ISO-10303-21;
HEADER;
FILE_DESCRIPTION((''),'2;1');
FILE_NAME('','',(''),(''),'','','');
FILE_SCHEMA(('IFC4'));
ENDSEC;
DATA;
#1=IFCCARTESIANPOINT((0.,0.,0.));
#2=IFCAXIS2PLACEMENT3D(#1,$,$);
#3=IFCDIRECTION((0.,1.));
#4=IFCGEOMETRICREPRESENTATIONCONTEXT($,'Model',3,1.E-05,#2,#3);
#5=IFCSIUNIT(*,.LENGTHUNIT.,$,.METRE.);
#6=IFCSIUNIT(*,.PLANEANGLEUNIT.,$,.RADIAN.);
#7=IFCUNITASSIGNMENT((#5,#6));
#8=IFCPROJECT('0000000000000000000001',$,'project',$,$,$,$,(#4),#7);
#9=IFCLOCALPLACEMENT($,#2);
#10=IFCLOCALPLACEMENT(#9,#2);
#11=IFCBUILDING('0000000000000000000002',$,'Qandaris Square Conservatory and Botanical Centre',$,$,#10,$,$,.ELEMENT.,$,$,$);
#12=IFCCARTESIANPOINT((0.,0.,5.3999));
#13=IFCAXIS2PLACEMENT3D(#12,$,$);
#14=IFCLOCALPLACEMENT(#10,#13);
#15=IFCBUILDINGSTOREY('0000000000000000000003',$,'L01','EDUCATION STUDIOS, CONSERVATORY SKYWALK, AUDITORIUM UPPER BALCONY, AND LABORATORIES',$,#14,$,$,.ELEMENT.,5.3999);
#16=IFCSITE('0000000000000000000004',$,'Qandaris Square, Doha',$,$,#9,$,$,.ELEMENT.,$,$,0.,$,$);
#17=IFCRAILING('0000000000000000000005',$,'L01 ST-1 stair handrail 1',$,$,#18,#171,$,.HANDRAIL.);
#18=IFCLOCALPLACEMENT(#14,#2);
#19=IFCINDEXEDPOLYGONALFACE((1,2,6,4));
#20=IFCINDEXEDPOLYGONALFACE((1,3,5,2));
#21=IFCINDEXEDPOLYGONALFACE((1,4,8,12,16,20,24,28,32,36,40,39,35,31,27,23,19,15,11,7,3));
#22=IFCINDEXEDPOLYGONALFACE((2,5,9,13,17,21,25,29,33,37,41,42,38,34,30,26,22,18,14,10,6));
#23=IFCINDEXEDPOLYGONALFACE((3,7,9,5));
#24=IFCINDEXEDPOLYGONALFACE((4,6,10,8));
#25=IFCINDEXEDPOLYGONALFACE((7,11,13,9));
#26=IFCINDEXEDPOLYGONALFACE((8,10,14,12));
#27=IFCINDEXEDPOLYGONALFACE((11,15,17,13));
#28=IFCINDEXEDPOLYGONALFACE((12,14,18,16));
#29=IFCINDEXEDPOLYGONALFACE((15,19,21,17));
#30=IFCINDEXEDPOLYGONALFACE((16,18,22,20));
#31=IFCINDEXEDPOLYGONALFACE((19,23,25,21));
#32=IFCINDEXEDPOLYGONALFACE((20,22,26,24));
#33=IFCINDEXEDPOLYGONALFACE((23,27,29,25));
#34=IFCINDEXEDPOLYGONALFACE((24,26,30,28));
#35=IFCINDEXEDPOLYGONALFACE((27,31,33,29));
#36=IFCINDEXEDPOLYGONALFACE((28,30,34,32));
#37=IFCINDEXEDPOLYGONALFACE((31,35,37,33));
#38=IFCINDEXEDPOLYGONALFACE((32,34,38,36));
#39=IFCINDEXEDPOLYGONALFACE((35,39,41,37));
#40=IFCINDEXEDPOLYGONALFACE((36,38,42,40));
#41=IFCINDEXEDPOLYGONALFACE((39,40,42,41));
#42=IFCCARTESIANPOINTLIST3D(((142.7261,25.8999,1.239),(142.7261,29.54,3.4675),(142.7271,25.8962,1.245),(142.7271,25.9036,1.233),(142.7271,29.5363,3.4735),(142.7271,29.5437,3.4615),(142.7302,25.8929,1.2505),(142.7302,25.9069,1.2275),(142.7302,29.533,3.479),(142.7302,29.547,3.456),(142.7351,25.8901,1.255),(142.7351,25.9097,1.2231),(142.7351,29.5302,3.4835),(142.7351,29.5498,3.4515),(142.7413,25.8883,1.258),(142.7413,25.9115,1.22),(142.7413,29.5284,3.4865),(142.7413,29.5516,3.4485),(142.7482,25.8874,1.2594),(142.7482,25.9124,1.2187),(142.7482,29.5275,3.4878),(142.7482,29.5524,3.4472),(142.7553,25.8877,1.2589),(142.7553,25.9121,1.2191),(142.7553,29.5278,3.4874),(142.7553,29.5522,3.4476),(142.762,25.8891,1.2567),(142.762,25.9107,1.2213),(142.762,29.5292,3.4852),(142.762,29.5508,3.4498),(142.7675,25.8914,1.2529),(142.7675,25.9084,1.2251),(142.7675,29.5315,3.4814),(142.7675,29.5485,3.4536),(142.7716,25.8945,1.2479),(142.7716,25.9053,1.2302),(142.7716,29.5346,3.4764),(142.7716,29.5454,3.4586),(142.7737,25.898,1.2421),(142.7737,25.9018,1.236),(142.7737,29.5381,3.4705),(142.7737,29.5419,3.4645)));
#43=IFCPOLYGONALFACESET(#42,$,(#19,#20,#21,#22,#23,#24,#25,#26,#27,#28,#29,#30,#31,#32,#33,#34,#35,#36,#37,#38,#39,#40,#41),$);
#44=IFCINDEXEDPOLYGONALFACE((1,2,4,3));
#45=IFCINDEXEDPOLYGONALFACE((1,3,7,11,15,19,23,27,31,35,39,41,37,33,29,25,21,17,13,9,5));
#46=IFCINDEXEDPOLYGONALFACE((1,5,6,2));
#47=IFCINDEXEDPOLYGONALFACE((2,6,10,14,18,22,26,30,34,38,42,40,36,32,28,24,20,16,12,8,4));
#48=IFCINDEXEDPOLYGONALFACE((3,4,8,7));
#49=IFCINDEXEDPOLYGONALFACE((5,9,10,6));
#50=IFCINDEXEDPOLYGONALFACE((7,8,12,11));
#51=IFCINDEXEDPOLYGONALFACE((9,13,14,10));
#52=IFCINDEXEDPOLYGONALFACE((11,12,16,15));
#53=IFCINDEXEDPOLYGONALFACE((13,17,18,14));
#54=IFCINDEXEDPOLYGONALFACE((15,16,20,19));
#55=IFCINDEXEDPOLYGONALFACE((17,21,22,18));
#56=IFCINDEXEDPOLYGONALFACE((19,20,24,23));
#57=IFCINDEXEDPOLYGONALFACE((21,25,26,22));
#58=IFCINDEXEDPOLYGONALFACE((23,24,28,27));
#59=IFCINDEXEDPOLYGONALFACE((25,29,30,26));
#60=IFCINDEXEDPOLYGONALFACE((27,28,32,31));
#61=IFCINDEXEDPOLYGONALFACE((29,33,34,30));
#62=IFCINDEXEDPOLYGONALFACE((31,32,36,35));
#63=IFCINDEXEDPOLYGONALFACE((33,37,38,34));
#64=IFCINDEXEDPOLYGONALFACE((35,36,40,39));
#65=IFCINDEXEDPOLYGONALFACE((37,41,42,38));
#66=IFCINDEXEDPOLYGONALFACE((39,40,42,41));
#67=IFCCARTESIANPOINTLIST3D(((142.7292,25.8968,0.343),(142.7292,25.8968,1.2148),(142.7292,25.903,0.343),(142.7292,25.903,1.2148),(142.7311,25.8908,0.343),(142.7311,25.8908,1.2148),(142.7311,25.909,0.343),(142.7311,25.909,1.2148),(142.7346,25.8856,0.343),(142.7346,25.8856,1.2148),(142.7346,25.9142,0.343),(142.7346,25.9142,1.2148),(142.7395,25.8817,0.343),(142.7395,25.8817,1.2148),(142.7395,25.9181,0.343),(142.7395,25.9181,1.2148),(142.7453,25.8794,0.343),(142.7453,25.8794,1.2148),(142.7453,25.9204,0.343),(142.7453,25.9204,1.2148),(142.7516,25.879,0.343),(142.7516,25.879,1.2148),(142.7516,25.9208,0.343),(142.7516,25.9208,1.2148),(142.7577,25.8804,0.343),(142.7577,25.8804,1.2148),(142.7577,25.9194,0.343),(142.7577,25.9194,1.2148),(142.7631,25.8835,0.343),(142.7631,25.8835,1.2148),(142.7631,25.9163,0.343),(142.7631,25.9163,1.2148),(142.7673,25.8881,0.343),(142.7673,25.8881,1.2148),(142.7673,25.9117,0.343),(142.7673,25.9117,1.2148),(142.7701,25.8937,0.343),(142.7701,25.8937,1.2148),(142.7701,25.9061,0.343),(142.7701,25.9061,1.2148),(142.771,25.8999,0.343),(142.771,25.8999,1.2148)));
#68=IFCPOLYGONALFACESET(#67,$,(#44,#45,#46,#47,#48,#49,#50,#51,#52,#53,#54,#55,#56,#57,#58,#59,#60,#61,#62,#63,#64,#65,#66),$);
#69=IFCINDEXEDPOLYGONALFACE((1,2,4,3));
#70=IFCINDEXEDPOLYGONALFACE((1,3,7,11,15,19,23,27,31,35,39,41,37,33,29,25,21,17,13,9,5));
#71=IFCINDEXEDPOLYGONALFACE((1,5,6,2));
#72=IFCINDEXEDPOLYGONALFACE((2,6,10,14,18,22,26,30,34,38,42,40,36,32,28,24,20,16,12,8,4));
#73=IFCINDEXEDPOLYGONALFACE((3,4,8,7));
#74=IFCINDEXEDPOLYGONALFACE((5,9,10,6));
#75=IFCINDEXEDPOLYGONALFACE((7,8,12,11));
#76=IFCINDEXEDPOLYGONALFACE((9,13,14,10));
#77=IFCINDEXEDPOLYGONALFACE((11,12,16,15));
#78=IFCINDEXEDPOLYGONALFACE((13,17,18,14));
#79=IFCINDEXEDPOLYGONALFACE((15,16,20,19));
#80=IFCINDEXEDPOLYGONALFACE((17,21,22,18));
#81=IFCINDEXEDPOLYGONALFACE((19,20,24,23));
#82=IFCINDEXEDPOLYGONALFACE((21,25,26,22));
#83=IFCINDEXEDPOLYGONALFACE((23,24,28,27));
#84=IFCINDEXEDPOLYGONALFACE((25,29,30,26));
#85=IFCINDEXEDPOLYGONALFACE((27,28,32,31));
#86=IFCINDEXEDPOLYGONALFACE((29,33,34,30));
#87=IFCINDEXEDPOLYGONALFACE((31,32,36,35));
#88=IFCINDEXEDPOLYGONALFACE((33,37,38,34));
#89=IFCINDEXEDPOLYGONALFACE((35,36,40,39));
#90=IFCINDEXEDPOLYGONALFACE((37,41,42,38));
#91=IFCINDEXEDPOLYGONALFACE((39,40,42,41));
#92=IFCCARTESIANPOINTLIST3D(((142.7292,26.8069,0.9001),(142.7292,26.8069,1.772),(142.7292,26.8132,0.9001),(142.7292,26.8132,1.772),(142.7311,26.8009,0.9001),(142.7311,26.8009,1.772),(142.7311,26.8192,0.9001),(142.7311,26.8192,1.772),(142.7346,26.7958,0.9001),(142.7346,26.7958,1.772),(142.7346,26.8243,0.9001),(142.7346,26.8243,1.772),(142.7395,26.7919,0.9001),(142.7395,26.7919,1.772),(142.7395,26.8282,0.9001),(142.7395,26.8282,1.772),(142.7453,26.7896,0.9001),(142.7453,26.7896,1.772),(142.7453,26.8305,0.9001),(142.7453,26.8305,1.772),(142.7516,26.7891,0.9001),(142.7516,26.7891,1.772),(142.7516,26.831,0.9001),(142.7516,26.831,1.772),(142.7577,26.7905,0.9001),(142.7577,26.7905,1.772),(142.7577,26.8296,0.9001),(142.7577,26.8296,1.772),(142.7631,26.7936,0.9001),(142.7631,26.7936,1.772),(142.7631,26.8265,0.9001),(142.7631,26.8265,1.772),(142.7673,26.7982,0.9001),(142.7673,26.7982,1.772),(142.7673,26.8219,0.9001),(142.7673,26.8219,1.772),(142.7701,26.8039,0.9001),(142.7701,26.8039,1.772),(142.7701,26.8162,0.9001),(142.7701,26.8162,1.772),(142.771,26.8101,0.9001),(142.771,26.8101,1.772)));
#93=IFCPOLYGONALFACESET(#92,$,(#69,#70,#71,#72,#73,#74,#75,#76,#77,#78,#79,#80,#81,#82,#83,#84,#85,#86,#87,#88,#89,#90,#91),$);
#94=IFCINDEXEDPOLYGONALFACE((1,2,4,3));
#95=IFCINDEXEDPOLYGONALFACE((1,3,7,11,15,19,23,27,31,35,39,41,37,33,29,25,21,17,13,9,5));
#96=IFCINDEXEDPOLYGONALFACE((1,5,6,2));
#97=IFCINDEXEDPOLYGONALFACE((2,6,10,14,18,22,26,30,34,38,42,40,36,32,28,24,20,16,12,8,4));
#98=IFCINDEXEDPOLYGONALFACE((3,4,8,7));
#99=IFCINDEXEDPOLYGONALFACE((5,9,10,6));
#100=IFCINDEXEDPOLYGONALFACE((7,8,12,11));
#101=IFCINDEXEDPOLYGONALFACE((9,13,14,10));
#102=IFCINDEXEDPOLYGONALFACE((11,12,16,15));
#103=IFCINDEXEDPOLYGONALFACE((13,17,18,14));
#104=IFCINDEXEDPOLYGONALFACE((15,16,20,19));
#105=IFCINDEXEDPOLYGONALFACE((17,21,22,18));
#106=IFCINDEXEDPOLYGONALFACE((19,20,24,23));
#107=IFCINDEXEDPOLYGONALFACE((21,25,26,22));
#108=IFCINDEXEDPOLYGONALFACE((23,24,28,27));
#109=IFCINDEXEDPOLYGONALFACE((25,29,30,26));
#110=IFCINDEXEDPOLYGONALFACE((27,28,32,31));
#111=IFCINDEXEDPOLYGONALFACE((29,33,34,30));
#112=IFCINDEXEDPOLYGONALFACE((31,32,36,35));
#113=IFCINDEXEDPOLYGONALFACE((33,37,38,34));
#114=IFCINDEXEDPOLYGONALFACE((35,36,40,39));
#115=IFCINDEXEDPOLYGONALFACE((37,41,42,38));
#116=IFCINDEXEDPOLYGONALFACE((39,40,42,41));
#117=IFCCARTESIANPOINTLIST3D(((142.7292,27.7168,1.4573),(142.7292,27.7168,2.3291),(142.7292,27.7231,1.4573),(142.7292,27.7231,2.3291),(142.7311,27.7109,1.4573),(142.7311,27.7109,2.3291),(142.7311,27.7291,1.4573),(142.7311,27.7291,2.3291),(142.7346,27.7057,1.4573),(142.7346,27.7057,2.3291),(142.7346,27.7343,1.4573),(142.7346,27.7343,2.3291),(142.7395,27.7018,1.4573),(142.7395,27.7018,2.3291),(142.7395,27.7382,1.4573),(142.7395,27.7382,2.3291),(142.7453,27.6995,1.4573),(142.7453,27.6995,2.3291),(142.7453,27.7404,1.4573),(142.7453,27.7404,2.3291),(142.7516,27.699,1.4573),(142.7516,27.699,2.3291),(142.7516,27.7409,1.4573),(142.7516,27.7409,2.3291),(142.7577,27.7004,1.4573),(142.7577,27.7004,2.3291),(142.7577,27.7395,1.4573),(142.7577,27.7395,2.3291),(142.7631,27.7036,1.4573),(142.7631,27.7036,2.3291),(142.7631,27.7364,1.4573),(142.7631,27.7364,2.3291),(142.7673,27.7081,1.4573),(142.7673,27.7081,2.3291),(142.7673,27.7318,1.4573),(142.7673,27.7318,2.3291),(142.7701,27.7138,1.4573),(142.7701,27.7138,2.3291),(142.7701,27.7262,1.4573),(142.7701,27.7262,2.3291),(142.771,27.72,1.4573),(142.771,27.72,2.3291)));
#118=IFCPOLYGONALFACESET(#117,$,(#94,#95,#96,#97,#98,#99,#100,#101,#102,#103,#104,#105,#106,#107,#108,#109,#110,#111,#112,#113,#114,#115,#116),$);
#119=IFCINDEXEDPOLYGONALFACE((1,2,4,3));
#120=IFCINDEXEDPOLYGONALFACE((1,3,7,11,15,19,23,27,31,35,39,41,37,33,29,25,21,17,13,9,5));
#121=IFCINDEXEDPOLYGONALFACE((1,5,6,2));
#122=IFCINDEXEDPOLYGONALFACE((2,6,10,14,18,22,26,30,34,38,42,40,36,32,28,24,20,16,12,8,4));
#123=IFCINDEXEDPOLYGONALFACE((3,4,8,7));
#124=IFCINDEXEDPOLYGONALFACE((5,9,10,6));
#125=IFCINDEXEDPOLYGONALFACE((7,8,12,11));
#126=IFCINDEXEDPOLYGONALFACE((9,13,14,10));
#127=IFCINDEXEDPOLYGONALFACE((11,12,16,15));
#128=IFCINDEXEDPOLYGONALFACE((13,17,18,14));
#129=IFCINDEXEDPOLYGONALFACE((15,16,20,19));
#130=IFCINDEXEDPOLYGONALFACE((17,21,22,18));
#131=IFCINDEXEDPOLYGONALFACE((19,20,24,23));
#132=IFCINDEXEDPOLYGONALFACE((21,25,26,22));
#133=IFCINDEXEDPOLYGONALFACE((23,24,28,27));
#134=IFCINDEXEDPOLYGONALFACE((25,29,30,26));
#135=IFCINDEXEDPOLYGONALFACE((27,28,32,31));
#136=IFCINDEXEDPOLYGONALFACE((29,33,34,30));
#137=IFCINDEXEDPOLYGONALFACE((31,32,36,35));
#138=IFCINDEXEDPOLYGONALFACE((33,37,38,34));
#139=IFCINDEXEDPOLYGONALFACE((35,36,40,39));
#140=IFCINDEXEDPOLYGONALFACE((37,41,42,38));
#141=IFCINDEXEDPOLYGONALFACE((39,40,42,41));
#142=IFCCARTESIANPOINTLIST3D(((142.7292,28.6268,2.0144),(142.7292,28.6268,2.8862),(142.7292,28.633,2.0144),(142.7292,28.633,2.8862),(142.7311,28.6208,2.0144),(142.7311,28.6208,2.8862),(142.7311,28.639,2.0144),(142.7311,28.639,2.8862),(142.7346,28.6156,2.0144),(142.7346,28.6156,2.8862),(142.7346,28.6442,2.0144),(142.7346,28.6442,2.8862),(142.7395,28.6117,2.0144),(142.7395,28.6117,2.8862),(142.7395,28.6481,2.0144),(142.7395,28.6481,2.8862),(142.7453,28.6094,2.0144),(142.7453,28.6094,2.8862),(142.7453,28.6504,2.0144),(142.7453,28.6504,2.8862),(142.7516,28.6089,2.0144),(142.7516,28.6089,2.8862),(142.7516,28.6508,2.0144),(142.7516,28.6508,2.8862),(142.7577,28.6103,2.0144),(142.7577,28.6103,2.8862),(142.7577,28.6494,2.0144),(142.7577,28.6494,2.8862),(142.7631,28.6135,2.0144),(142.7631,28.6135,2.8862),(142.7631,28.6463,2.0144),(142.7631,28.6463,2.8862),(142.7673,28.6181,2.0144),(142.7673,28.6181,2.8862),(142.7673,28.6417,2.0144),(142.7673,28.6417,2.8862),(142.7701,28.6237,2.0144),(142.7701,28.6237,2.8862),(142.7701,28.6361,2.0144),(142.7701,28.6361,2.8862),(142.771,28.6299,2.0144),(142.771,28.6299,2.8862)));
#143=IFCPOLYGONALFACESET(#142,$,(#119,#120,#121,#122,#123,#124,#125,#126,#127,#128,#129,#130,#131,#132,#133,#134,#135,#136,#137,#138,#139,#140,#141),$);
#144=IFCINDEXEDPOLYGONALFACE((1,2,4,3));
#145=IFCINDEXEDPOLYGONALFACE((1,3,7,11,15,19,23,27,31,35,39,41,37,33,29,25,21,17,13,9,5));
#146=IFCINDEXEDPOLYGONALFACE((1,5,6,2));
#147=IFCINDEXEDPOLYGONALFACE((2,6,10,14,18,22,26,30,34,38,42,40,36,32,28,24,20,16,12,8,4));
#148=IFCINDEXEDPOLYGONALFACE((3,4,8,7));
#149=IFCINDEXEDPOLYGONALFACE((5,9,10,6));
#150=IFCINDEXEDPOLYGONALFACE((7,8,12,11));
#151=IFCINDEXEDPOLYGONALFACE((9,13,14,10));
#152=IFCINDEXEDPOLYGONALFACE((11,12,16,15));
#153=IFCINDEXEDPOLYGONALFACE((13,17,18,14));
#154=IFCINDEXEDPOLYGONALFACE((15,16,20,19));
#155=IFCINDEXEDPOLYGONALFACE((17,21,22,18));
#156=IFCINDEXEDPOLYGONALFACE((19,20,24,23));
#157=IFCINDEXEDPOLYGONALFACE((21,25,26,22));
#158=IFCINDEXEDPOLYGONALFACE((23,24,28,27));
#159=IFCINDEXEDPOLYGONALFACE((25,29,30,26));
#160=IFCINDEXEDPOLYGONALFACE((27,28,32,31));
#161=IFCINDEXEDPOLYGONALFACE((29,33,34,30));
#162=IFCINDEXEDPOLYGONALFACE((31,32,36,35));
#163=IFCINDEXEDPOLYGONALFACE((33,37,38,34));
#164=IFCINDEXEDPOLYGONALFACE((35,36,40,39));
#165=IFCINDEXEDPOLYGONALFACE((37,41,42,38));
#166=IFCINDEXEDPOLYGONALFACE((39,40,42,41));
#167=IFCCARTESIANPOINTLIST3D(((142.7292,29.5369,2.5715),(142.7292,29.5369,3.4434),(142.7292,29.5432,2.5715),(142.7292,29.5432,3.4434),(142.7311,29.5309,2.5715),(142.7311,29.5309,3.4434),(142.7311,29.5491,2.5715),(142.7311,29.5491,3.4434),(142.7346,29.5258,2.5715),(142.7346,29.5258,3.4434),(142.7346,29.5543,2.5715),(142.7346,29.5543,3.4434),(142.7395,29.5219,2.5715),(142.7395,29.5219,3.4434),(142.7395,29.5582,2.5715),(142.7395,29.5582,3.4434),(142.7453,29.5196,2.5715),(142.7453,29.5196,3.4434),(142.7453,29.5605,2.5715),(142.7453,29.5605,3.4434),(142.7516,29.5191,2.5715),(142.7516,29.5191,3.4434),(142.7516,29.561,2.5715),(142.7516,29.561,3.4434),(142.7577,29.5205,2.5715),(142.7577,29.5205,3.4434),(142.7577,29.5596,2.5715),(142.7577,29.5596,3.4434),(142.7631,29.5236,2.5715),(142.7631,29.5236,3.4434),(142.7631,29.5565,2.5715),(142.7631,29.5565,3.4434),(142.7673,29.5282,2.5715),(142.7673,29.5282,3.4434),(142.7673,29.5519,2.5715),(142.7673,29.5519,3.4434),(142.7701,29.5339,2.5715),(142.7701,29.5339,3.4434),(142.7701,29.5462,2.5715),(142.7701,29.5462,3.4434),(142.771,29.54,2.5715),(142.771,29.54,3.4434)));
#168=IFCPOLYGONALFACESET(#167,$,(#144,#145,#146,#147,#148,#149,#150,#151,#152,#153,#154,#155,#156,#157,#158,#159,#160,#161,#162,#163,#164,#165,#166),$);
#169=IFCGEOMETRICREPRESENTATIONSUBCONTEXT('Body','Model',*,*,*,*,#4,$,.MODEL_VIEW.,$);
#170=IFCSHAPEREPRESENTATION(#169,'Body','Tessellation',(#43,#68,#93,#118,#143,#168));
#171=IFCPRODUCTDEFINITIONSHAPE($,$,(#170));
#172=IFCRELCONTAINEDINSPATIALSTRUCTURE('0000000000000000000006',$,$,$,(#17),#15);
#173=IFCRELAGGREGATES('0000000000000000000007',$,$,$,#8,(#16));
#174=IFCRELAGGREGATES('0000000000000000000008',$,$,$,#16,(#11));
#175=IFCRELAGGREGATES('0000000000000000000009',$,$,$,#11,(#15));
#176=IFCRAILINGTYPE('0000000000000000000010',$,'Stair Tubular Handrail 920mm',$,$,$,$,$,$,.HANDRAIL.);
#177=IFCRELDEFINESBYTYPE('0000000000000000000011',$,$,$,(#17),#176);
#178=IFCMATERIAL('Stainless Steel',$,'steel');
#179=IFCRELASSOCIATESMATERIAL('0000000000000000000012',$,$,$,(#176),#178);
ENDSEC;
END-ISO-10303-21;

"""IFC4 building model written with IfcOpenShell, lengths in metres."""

from ifc_helpers import new_model, si_unit, direction, frame, origin, origin_2d, place, context, subcontext, project, spatial, circle, extrude, material, type_object, element, save


model = new_model("IFC4")

# Units and contexts
model_context = context("Model", 3, precision=1e-05, world=origin(), true_north=direction((0.0, 1.0)))
body_context = subcontext(model_context, "Body", "Model", "MODEL_VIEW")
ifc_project = project(units=[si_unit("LENGTHUNIT", "METRE"), si_unit("PLANEANGLEUNIT", "RADIAN")], contexts=[model_context])

# Site, building, storey
site_placement = place(None, origin())
site = spatial("IfcSite", under=ifc_project, at=site_placement, Name="Qandaris Square, Doha", CompositionType="ELEMENT", RefElevation=0.0)
building_placement = place(site_placement, origin())
building = spatial("IfcBuilding", under=site, at=building_placement, Name="Qandaris Square Conservatory and Botanical Centre", CompositionType="ELEMENT")
storey_placement = place(building_placement, frame((0.0, 0.0, 5.3999)))
storey = spatial("IfcBuildingStorey", under=building, at=storey_placement, Name="L01", Description="EDUCATION STUDIOS, CONSERVATORY SKYWALK, AUDITORIUM UPPER BALCONY, AND LABORATORIES", CompositionType="ELEMENT", Elevation=5.3999)

# Railing
ifc_material_1 = material(Name="Stainless Steel", Category="steel")
railing_type_1 = type_object("IfcRailingType", Name="Stair Tubular Handrail 920mm", PredefinedType="HANDRAIL", material=ifc_material_1)
railing_1_placement = place(storey_placement, frame((142.75, 25.8999, 0.343)))
element("IfcRailing", 1, at=railing_1_placement, inside=storey, type_object=railing_type_1, Name="L01 ST-1 stair handrail 1", PredefinedType="HANDRAIL", context=body_context, shape_type="SweptSolid", body=[
    extrude(circle(Radius=0.0239, at=origin_2d()), frame((0.0, 0.0, 0.896), z_axis=(0.0, 0.852866, 0.52213), x_axis=(-1.0, 0.0, 0.0)), (0.0, 0.0, 1.0), 4.2681),
    extrude(circle(Radius=0.021, at=origin_2d()), origin(), (0.0, 0.0, 1.0), 0.8718),
    extrude(circle(Radius=0.021, at=origin_2d()), frame((0.0, 0.9102, 0.5571)), (0.0, 0.0, 1.0), 0.8718),
    extrude(circle(Radius=0.021, at=origin_2d()), frame((0.0, 1.8201, 1.1143)), (0.0, 0.0, 1.0), 0.8718),
    extrude(circle(Radius=0.021, at=origin_2d()), frame((0.0, 2.73, 1.6714)), (0.0, 0.0, 1.0), 0.8718),
    extrude(circle(Radius=0.021, at=origin_2d()), frame((0.0, 3.6401, 2.2285)), (0.0, 0.0, 1.0), 0.8718),
])

save(model, "model.ifc")
